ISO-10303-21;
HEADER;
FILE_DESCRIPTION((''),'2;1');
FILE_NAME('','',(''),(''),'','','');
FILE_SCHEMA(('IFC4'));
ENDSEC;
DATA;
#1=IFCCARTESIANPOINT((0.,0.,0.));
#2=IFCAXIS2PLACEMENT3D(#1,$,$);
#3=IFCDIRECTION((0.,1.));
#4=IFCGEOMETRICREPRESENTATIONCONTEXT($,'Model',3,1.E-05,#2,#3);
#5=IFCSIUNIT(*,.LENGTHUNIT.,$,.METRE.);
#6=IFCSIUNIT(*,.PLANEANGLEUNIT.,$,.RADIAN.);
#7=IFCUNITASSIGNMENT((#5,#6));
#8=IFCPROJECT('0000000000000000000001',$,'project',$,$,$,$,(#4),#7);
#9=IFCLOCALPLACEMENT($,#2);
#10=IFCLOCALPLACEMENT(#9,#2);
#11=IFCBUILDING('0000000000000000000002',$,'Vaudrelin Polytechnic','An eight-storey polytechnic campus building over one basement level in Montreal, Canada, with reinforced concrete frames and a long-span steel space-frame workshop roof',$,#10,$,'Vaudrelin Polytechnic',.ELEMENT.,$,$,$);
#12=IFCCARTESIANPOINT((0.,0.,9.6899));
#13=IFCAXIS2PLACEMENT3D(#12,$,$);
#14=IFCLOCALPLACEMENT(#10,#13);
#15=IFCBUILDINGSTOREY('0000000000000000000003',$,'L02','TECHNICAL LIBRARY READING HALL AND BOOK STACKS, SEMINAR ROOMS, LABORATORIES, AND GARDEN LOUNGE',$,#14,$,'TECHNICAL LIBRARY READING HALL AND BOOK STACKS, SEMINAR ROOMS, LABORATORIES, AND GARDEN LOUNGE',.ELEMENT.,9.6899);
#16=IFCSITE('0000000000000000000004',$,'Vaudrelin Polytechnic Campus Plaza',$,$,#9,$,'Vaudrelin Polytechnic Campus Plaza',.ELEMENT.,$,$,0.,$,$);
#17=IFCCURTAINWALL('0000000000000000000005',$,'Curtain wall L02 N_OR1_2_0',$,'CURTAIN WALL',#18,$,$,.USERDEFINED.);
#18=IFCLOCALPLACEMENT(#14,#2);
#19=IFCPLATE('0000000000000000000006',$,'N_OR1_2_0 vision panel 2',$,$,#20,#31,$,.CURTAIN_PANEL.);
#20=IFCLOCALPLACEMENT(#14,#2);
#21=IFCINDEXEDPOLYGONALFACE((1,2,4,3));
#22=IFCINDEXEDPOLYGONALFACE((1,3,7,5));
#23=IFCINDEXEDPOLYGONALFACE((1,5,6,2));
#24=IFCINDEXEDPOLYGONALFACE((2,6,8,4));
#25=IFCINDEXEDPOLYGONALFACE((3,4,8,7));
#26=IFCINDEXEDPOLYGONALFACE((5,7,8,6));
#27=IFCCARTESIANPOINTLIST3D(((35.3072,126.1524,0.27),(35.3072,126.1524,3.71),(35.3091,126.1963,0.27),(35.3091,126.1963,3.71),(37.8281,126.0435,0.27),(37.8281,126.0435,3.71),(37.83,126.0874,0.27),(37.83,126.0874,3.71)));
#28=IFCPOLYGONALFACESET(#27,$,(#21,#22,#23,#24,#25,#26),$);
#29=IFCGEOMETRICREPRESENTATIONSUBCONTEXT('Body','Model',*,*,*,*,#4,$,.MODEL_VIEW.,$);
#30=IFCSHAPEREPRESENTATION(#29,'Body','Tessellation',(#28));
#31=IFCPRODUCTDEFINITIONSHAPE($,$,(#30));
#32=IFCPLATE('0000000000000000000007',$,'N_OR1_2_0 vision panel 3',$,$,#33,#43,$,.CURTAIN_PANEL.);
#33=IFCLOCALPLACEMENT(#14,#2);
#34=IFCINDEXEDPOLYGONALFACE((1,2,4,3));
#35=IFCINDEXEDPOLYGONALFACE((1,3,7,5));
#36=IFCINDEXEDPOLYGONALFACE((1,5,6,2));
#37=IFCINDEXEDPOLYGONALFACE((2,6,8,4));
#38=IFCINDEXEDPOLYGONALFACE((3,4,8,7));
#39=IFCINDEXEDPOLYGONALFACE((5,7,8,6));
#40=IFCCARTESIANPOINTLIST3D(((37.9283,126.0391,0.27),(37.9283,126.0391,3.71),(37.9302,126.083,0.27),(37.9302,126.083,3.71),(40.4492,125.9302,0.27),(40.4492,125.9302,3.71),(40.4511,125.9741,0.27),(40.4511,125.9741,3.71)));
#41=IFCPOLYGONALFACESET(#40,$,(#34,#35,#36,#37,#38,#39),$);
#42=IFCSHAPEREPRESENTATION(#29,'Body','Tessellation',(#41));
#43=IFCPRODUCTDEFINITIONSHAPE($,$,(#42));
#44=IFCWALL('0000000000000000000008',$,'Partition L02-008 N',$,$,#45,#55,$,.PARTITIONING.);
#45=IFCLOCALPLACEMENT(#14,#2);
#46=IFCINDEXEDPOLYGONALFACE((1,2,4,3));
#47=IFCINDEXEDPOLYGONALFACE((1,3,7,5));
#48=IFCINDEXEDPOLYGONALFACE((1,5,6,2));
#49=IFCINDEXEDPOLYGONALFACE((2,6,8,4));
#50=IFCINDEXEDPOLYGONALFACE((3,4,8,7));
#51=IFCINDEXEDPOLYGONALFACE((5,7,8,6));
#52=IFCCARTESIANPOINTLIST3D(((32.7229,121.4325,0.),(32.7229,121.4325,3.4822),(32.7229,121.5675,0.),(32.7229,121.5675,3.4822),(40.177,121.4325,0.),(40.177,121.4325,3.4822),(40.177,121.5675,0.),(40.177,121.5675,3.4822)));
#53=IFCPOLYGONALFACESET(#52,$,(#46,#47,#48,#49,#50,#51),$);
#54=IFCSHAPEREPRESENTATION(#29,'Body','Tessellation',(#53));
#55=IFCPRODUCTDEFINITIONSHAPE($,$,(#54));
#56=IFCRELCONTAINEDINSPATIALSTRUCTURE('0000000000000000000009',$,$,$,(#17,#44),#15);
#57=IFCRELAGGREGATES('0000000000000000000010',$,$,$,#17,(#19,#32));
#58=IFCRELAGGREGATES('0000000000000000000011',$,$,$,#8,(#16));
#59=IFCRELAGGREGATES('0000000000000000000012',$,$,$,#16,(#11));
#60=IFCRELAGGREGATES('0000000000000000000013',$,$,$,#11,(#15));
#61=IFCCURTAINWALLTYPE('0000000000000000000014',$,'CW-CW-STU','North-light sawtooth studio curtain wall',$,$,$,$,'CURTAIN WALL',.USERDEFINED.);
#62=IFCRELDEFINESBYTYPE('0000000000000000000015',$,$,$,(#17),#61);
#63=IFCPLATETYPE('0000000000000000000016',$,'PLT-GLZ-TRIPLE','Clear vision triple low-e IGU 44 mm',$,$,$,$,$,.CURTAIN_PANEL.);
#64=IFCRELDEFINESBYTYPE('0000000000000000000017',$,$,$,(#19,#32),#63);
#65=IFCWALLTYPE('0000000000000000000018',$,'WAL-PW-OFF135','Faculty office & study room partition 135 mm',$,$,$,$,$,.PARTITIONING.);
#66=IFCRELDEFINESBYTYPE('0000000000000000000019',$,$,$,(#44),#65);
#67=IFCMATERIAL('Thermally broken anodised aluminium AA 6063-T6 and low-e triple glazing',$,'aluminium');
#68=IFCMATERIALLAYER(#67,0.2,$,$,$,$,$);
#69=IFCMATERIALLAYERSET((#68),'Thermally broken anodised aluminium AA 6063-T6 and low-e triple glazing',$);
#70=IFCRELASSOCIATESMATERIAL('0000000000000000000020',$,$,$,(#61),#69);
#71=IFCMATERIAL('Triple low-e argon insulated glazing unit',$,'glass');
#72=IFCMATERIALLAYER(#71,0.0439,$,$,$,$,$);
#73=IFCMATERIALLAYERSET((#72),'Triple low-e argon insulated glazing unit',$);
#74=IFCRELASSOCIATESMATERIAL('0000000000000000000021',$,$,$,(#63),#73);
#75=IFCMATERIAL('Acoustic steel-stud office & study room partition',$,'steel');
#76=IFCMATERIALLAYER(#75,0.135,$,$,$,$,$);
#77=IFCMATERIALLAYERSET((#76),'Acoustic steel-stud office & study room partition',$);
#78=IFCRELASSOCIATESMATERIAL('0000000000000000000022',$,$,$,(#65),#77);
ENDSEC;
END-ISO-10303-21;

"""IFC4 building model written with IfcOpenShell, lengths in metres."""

from ifc_helpers import new_model, si_unit, direction, frame, frame_2d, origin, origin_2d, place, context, subcontext, project, spatial, rectangle, extrude, material, layer, layer_set, type_object, element, aggregate, save


model = new_model("IFC4")

# Units and contexts
model_context = context("Model", 3, precision=1e-05, world=origin(), true_north=direction((0.0, 1.0)))
body_context = subcontext(model_context, "Body", "Model", "MODEL_VIEW")
ifc_project = project(units=[si_unit("LENGTHUNIT", "METRE"), si_unit("PLANEANGLEUNIT", "RADIAN")], contexts=[model_context])

# Site, building, storey
site_placement = place(None, origin())
site = spatial("IfcSite", under=ifc_project, at=site_placement, Name="Vaudrelin Polytechnic Campus Plaza", LongName="Vaudrelin Polytechnic Campus Plaza", CompositionType="ELEMENT", RefElevation=0.0)
building_placement = place(site_placement, origin())
building = spatial("IfcBuilding", under=site, at=building_placement, Name="Vaudrelin Polytechnic", Description="An eight-storey polytechnic campus building over one basement level in Montreal, Canada, with reinforced concrete frames and a long-span steel space-frame workshop roof", LongName="Vaudrelin Polytechnic", CompositionType="ELEMENT")
storey_placement = place(building_placement, frame((0.0, 0.0, 9.6899)))
storey = spatial("IfcBuildingStorey", under=building, at=storey_placement, Name="L02", Description="TECHNICAL LIBRARY READING HALL AND BOOK STACKS, SEMINAR ROOMS, LABORATORIES, AND GARDEN LOUNGE", LongName="TECHNICAL LIBRARY READING HALL AND BOOK STACKS, SEMINAR ROOMS, LABORATORIES, AND GARDEN LOUNGE", CompositionType="ELEMENT", Elevation=9.6899)

# Curtain wall
ifc_material_1 = material(Name="Thermally broken anodised aluminium AA 6063-T6 and low-e triple glazing", Category="aluminium")
ifc_layer_1 = layer(ifc_material_1, 0.2)
ifc_layer_set_1 = layer_set([ifc_layer_1], Name="Thermally broken anodised aluminium AA 6063-T6 and low-e triple glazing")
curtain_wall_type = type_object("IfcCurtainWallType", Name="CW-CW-STU", Description="North-light sawtooth studio curtain wall", ElementType="CURTAIN WALL", PredefinedType="USERDEFINED", material=ifc_layer_set_1)
curtain_wall_1_placement = place(storey_placement, origin())
curtain_wall_1 = element("IfcCurtainWall", 1, at=curtain_wall_1_placement, inside=storey, type_object=curtain_wall_type, Name="Curtain wall L02 N_OR1_2_0", ObjectType="CURTAIN WALL", PredefinedType="USERDEFINED")

# Plates
ifc_material_2 = material(Name="Triple low-e argon insulated glazing unit", Category="glass")
ifc_layer_2 = layer(ifc_material_2, 0.0439)
ifc_layer_set_2 = layer_set([ifc_layer_2], Name="Triple low-e argon insulated glazing unit")
plate_type_1 = type_object("IfcPlateType", Name="PLT-GLZ-TRIPLE", Description="Clear vision triple low-e IGU 44 mm", PredefinedType="CURTAIN_PANEL", material=ifc_layer_set_2)
plate_1_placement = place(storey_placement, frame((36.5686, 126.1199, 0.27), z_axis=(0.0, 0.0, 1.0), x_axis=(0.999068, -0.043164, 0.0)))
plate_1 = element("IfcPlate", 2, at=plate_1_placement, type_object=plate_type_1, Name="N_OR1_2_0 vision panel 2", PredefinedType="CURTAIN_PANEL", context=body_context, shape_type="SweptSolid", body=[
    extrude(rectangle(XDim=2.5232, YDim=0.0439, at=origin_2d()), origin(), (0.0, 0.0, 1.0), 3.4399),
])
plate_2_placement = place(storey_placement, frame((39.1897, 126.0066, 0.27), z_axis=(0.0, 0.0, 1.0), x_axis=(0.999068, -0.043164, 0.0)))
plate_2 = element("IfcPlate", 3, at=plate_2_placement, type_object=plate_type_1, Name="N_OR1_2_0 vision panel 3", PredefinedType="CURTAIN_PANEL", context=body_context, shape_type="SweptSolid", body=[
    extrude(rectangle(XDim=2.5232, YDim=0.0439, at=origin_2d()), origin(), (0.0, 0.0, 1.0), 3.4399),
])
aggregate(curtain_wall_1, [plate_1, plate_2])

# Wall
ifc_material_3 = material(Name="Acoustic steel-stud office & study room partition", Category="steel")
ifc_layer_3 = layer(ifc_material_3, 0.135)
ifc_layer_set_3 = layer_set([ifc_layer_3], Name="Acoustic steel-stud office & study room partition")
wall_type = type_object("IfcWallType", Name="WAL-PW-OFF135", Description="Faculty office & study room partition 135 mm", PredefinedType="PARTITIONING", material=ifc_layer_set_3)
wall_placement = place(storey_placement, frame((32.7229, 121.5, 0.0), z_axis=(0.0, 0.0, 1.0), x_axis=(1.0, 0.0, 0.0)))
element("IfcWall", 4, at=wall_placement, inside=storey, type_object=wall_type, Name="Partition L02-008 N", PredefinedType="PARTITIONING", context=body_context, shape_type="SweptSolid", body=[
    extrude(rectangle(XDim=7.4541, YDim=0.135, at=frame_2d((3.7271, 0.0))), origin(), (0.0, 0.0, 1.0), 3.4822),
])

save(model, "model.ifc")
